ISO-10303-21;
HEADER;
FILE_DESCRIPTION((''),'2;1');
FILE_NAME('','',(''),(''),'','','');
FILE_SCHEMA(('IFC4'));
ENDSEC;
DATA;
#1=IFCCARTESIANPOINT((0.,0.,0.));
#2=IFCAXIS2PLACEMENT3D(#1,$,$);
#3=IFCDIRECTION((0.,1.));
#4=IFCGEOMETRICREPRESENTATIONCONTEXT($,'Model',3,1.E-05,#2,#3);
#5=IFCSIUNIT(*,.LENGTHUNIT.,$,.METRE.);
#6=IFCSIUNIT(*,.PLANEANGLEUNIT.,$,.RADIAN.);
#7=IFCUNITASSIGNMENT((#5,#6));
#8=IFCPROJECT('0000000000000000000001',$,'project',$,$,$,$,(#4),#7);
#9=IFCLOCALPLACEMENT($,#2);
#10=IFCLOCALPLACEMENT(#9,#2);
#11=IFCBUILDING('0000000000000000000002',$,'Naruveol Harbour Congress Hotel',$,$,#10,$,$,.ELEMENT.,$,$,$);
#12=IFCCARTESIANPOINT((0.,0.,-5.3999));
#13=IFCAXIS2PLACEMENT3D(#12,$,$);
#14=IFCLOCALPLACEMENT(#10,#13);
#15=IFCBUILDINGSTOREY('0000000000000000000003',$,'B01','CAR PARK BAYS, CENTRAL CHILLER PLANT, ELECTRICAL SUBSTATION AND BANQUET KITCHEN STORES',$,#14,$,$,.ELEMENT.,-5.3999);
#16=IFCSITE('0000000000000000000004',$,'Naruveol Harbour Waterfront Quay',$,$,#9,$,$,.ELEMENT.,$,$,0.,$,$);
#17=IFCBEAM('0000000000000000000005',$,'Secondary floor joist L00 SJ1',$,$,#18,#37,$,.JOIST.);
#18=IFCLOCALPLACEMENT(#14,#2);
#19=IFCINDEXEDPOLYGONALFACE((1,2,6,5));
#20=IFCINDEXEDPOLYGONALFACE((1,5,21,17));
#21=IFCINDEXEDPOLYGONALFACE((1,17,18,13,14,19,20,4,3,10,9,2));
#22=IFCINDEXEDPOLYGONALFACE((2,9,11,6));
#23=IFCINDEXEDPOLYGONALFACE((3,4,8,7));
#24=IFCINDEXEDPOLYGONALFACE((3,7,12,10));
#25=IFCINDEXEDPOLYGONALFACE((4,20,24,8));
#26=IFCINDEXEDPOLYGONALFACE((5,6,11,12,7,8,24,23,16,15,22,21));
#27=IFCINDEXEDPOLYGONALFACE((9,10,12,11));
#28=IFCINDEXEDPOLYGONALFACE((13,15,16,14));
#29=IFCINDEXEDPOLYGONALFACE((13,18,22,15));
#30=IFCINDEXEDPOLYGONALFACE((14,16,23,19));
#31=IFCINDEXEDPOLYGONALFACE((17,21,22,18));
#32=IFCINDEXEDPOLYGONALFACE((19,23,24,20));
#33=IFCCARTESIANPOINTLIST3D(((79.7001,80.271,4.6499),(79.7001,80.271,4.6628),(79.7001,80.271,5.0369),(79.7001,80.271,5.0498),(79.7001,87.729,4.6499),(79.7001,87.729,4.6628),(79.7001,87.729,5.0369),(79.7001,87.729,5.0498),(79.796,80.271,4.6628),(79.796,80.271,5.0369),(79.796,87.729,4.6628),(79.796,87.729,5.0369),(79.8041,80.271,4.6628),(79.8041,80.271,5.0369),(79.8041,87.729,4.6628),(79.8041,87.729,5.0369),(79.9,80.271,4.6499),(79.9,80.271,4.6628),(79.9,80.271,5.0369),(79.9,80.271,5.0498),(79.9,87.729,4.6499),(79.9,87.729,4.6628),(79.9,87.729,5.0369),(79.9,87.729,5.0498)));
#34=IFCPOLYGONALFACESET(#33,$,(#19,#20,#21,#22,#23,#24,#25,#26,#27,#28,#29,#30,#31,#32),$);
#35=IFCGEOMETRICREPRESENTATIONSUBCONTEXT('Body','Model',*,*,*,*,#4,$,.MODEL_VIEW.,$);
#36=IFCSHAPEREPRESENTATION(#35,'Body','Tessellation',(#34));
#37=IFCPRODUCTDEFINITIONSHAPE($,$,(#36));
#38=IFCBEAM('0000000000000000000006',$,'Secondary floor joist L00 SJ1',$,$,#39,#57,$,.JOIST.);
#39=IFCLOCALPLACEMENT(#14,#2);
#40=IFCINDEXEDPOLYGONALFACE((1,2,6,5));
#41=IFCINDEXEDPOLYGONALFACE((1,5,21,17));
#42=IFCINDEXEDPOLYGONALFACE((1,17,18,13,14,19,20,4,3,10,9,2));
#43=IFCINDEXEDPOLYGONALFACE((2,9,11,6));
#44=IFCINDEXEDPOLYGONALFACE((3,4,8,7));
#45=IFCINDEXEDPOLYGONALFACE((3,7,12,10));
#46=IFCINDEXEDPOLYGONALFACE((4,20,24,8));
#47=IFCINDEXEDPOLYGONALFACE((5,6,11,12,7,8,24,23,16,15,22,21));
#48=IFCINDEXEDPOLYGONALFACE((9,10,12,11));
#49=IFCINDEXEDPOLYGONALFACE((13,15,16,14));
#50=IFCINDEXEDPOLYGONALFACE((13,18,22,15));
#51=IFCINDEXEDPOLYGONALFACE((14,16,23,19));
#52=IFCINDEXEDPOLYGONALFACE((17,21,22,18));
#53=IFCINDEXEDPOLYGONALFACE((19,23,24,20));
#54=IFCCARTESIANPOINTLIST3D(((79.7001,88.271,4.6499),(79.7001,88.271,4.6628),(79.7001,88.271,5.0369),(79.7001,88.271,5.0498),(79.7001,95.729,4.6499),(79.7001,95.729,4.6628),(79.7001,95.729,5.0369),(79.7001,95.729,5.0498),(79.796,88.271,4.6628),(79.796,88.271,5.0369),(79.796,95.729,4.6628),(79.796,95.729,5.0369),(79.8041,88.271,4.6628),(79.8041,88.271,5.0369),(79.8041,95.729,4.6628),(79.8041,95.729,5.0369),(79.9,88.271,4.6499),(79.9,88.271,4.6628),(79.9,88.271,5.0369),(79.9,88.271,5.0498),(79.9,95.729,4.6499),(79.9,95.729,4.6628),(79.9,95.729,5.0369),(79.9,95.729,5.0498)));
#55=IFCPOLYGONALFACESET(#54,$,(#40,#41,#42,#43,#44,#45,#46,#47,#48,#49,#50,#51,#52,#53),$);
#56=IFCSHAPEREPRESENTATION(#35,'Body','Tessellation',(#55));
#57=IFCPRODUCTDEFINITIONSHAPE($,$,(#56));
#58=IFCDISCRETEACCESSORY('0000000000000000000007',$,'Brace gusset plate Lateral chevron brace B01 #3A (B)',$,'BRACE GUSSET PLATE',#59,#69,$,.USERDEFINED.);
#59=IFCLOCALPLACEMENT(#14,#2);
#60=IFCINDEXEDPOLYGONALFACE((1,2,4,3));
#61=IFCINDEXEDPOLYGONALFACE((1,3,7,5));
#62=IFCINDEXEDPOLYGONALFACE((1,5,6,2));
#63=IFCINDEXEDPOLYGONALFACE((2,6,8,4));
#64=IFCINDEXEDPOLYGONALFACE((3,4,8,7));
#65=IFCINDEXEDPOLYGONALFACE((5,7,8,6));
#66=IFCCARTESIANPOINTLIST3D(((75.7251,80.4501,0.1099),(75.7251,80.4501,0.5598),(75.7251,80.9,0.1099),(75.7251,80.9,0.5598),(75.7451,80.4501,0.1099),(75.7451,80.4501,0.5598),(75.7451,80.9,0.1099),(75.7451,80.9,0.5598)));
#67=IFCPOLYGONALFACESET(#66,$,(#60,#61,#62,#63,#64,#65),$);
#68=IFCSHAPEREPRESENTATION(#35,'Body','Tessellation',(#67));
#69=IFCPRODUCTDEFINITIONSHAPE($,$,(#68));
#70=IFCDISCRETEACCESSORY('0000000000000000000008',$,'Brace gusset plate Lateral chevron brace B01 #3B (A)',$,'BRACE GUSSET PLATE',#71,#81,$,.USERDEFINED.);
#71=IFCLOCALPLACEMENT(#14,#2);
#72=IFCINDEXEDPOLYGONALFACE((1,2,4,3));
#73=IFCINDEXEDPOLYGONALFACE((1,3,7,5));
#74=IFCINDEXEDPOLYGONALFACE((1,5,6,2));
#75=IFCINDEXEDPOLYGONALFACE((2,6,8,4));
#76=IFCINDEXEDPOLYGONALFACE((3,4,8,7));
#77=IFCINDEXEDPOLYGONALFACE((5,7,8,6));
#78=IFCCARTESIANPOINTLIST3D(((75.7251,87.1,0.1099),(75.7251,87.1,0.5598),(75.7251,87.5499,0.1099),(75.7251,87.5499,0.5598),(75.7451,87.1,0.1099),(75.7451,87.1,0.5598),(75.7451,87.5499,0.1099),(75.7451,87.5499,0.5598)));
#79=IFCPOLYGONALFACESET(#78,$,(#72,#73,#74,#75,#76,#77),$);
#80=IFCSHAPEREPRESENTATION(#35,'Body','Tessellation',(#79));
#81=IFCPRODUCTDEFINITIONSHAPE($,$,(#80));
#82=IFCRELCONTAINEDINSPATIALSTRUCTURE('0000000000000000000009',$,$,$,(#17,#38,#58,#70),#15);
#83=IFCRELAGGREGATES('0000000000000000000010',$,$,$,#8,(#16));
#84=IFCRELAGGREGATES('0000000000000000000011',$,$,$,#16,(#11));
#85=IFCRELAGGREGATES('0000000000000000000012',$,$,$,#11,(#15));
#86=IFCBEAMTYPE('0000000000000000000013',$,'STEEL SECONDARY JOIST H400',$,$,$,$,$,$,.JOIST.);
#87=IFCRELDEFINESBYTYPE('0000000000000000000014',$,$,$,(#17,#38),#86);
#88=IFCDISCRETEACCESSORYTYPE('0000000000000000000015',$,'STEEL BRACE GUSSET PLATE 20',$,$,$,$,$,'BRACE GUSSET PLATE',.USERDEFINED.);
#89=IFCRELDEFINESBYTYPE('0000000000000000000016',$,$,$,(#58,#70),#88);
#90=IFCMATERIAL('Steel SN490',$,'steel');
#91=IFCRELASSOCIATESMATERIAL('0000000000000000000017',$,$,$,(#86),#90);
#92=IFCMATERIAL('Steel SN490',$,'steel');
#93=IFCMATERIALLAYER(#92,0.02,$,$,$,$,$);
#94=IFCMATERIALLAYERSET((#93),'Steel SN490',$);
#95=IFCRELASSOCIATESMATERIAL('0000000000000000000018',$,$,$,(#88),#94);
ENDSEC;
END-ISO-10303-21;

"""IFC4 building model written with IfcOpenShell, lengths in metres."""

from ifc_helpers import new_model, si_unit, direction, frame, origin, origin_2d, place, context, subcontext, project, spatial, rectangle, i_section, extrude, material, layer, layer_set, material_profile, profile_set, type_object, element, save


model = new_model("IFC4")

# Units and contexts
model_context = context("Model", 3, precision=1e-05, world=origin(), true_north=direction((0.0, 1.0)))
body_context = subcontext(model_context, "Body", "Model", "MODEL_VIEW")
ifc_project = project(units=[si_unit("LENGTHUNIT", "METRE"), si_unit("PLANEANGLEUNIT", "RADIAN")], contexts=[model_context])

# Site, building, storey
site_placement = place(None, origin())
site = spatial("IfcSite", under=ifc_project, at=site_placement, Name="Naruveol Harbour Waterfront Quay", CompositionType="ELEMENT", RefElevation=0.0)
building_placement = place(site_placement, origin())
building = spatial("IfcBuilding", under=site, at=building_placement, Name="Naruveol Harbour Congress Hotel", CompositionType="ELEMENT")
storey_placement = place(building_placement, frame((0.0, 0.0, -5.3999)))
storey = spatial("IfcBuildingStorey", under=building, at=storey_placement, Name="B01", Description="CAR PARK BAYS, CENTRAL CHILLER PLANT, ELECTRICAL SUBSTATION AND BANQUET KITCHEN STORES", CompositionType="ELEMENT", Elevation=-5.3999)

# Beams
ifc_material_1 = material(Name="Steel SN490", Category="steel")
ifc_material_profile_1 = material_profile(ifc_material_1, i_section(OverallWidth=0.2, OverallDepth=0.3999, WebThickness=0.0081, FlangeThickness=0.0129, at=origin_2d()), Name="H-400x200x8x13")
ifc_profile_set_1 = profile_set([ifc_material_profile_1], Name="Steel SN490")
beam_type_1 = type_object("IfcBeamType", Name="STEEL SECONDARY JOIST H400", PredefinedType="JOIST", material=ifc_profile_set_1)
for number, where, z_axis, x_axis, name in (
    (1, (79.8, 80.271, 4.8499), (0.0, 1.0, 0.0), (-1.0, 0.0, 0.0), "Secondary floor joist L00 SJ1"),
    (2, (79.8, 88.271, 4.8499), (0.0, 1.0, 0.0), (-1.0, 0.0, 0.0), "Secondary floor joist L00 SJ1"),
):
    element("IfcBeam", number, at=place(storey_placement, frame(where, z_axis=z_axis, x_axis=x_axis)), inside=storey, type_object=beam_type_1, Name=name, PredefinedType="JOIST", context=body_context, shape_type="SweptSolid", body=[
        extrude(i_section(OverallWidth=0.2, OverallDepth=0.3999, WebThickness=0.0081, FlangeThickness=0.0129, at=origin_2d()), origin(), (0.0, 0.0, 1.0), 7.458),
    ])

# Discrete accessories
ifc_material_2 = material(Name="Steel SN490", Category="steel")
ifc_layer = layer(ifc_material_2, 0.02)
ifc_layer_set = layer_set([ifc_layer], Name="Steel SN490")
discrete_accessory_type = type_object("IfcDiscreteAccessoryType", Name="STEEL BRACE GUSSET PLATE 20", ElementType="BRACE GUSSET PLATE", PredefinedType="USERDEFINED", material=ifc_layer_set)
for number, where, z_axis, x_axis, name in (
    (3, (75.7351, 80.675, 0.1099), (0.0, 0.0, 1.0), (0.0, 1.0, 0.0), "Brace gusset plate Lateral chevron brace B01 #3A (B)"),
    (4, (75.7351, 87.325, 0.1099), (0.0, 0.0, 1.0), (0.0, -1.0, 0.0), "Brace gusset plate Lateral chevron brace B01 #3B (A)"),
):
    element("IfcDiscreteAccessory", number, at=place(storey_placement, frame(where, z_axis=z_axis, x_axis=x_axis)), inside=storey, type_object=discrete_accessory_type, Name=name, ObjectType="BRACE GUSSET PLATE", PredefinedType="USERDEFINED", context=body_context, shape_type="SweptSolid", body=[
        extrude(rectangle(XDim=0.45, YDim=0.02, at=origin_2d()), origin(), (0.0, 0.0, 1.0), 0.45),
    ])

save(model, "model.ifc")
